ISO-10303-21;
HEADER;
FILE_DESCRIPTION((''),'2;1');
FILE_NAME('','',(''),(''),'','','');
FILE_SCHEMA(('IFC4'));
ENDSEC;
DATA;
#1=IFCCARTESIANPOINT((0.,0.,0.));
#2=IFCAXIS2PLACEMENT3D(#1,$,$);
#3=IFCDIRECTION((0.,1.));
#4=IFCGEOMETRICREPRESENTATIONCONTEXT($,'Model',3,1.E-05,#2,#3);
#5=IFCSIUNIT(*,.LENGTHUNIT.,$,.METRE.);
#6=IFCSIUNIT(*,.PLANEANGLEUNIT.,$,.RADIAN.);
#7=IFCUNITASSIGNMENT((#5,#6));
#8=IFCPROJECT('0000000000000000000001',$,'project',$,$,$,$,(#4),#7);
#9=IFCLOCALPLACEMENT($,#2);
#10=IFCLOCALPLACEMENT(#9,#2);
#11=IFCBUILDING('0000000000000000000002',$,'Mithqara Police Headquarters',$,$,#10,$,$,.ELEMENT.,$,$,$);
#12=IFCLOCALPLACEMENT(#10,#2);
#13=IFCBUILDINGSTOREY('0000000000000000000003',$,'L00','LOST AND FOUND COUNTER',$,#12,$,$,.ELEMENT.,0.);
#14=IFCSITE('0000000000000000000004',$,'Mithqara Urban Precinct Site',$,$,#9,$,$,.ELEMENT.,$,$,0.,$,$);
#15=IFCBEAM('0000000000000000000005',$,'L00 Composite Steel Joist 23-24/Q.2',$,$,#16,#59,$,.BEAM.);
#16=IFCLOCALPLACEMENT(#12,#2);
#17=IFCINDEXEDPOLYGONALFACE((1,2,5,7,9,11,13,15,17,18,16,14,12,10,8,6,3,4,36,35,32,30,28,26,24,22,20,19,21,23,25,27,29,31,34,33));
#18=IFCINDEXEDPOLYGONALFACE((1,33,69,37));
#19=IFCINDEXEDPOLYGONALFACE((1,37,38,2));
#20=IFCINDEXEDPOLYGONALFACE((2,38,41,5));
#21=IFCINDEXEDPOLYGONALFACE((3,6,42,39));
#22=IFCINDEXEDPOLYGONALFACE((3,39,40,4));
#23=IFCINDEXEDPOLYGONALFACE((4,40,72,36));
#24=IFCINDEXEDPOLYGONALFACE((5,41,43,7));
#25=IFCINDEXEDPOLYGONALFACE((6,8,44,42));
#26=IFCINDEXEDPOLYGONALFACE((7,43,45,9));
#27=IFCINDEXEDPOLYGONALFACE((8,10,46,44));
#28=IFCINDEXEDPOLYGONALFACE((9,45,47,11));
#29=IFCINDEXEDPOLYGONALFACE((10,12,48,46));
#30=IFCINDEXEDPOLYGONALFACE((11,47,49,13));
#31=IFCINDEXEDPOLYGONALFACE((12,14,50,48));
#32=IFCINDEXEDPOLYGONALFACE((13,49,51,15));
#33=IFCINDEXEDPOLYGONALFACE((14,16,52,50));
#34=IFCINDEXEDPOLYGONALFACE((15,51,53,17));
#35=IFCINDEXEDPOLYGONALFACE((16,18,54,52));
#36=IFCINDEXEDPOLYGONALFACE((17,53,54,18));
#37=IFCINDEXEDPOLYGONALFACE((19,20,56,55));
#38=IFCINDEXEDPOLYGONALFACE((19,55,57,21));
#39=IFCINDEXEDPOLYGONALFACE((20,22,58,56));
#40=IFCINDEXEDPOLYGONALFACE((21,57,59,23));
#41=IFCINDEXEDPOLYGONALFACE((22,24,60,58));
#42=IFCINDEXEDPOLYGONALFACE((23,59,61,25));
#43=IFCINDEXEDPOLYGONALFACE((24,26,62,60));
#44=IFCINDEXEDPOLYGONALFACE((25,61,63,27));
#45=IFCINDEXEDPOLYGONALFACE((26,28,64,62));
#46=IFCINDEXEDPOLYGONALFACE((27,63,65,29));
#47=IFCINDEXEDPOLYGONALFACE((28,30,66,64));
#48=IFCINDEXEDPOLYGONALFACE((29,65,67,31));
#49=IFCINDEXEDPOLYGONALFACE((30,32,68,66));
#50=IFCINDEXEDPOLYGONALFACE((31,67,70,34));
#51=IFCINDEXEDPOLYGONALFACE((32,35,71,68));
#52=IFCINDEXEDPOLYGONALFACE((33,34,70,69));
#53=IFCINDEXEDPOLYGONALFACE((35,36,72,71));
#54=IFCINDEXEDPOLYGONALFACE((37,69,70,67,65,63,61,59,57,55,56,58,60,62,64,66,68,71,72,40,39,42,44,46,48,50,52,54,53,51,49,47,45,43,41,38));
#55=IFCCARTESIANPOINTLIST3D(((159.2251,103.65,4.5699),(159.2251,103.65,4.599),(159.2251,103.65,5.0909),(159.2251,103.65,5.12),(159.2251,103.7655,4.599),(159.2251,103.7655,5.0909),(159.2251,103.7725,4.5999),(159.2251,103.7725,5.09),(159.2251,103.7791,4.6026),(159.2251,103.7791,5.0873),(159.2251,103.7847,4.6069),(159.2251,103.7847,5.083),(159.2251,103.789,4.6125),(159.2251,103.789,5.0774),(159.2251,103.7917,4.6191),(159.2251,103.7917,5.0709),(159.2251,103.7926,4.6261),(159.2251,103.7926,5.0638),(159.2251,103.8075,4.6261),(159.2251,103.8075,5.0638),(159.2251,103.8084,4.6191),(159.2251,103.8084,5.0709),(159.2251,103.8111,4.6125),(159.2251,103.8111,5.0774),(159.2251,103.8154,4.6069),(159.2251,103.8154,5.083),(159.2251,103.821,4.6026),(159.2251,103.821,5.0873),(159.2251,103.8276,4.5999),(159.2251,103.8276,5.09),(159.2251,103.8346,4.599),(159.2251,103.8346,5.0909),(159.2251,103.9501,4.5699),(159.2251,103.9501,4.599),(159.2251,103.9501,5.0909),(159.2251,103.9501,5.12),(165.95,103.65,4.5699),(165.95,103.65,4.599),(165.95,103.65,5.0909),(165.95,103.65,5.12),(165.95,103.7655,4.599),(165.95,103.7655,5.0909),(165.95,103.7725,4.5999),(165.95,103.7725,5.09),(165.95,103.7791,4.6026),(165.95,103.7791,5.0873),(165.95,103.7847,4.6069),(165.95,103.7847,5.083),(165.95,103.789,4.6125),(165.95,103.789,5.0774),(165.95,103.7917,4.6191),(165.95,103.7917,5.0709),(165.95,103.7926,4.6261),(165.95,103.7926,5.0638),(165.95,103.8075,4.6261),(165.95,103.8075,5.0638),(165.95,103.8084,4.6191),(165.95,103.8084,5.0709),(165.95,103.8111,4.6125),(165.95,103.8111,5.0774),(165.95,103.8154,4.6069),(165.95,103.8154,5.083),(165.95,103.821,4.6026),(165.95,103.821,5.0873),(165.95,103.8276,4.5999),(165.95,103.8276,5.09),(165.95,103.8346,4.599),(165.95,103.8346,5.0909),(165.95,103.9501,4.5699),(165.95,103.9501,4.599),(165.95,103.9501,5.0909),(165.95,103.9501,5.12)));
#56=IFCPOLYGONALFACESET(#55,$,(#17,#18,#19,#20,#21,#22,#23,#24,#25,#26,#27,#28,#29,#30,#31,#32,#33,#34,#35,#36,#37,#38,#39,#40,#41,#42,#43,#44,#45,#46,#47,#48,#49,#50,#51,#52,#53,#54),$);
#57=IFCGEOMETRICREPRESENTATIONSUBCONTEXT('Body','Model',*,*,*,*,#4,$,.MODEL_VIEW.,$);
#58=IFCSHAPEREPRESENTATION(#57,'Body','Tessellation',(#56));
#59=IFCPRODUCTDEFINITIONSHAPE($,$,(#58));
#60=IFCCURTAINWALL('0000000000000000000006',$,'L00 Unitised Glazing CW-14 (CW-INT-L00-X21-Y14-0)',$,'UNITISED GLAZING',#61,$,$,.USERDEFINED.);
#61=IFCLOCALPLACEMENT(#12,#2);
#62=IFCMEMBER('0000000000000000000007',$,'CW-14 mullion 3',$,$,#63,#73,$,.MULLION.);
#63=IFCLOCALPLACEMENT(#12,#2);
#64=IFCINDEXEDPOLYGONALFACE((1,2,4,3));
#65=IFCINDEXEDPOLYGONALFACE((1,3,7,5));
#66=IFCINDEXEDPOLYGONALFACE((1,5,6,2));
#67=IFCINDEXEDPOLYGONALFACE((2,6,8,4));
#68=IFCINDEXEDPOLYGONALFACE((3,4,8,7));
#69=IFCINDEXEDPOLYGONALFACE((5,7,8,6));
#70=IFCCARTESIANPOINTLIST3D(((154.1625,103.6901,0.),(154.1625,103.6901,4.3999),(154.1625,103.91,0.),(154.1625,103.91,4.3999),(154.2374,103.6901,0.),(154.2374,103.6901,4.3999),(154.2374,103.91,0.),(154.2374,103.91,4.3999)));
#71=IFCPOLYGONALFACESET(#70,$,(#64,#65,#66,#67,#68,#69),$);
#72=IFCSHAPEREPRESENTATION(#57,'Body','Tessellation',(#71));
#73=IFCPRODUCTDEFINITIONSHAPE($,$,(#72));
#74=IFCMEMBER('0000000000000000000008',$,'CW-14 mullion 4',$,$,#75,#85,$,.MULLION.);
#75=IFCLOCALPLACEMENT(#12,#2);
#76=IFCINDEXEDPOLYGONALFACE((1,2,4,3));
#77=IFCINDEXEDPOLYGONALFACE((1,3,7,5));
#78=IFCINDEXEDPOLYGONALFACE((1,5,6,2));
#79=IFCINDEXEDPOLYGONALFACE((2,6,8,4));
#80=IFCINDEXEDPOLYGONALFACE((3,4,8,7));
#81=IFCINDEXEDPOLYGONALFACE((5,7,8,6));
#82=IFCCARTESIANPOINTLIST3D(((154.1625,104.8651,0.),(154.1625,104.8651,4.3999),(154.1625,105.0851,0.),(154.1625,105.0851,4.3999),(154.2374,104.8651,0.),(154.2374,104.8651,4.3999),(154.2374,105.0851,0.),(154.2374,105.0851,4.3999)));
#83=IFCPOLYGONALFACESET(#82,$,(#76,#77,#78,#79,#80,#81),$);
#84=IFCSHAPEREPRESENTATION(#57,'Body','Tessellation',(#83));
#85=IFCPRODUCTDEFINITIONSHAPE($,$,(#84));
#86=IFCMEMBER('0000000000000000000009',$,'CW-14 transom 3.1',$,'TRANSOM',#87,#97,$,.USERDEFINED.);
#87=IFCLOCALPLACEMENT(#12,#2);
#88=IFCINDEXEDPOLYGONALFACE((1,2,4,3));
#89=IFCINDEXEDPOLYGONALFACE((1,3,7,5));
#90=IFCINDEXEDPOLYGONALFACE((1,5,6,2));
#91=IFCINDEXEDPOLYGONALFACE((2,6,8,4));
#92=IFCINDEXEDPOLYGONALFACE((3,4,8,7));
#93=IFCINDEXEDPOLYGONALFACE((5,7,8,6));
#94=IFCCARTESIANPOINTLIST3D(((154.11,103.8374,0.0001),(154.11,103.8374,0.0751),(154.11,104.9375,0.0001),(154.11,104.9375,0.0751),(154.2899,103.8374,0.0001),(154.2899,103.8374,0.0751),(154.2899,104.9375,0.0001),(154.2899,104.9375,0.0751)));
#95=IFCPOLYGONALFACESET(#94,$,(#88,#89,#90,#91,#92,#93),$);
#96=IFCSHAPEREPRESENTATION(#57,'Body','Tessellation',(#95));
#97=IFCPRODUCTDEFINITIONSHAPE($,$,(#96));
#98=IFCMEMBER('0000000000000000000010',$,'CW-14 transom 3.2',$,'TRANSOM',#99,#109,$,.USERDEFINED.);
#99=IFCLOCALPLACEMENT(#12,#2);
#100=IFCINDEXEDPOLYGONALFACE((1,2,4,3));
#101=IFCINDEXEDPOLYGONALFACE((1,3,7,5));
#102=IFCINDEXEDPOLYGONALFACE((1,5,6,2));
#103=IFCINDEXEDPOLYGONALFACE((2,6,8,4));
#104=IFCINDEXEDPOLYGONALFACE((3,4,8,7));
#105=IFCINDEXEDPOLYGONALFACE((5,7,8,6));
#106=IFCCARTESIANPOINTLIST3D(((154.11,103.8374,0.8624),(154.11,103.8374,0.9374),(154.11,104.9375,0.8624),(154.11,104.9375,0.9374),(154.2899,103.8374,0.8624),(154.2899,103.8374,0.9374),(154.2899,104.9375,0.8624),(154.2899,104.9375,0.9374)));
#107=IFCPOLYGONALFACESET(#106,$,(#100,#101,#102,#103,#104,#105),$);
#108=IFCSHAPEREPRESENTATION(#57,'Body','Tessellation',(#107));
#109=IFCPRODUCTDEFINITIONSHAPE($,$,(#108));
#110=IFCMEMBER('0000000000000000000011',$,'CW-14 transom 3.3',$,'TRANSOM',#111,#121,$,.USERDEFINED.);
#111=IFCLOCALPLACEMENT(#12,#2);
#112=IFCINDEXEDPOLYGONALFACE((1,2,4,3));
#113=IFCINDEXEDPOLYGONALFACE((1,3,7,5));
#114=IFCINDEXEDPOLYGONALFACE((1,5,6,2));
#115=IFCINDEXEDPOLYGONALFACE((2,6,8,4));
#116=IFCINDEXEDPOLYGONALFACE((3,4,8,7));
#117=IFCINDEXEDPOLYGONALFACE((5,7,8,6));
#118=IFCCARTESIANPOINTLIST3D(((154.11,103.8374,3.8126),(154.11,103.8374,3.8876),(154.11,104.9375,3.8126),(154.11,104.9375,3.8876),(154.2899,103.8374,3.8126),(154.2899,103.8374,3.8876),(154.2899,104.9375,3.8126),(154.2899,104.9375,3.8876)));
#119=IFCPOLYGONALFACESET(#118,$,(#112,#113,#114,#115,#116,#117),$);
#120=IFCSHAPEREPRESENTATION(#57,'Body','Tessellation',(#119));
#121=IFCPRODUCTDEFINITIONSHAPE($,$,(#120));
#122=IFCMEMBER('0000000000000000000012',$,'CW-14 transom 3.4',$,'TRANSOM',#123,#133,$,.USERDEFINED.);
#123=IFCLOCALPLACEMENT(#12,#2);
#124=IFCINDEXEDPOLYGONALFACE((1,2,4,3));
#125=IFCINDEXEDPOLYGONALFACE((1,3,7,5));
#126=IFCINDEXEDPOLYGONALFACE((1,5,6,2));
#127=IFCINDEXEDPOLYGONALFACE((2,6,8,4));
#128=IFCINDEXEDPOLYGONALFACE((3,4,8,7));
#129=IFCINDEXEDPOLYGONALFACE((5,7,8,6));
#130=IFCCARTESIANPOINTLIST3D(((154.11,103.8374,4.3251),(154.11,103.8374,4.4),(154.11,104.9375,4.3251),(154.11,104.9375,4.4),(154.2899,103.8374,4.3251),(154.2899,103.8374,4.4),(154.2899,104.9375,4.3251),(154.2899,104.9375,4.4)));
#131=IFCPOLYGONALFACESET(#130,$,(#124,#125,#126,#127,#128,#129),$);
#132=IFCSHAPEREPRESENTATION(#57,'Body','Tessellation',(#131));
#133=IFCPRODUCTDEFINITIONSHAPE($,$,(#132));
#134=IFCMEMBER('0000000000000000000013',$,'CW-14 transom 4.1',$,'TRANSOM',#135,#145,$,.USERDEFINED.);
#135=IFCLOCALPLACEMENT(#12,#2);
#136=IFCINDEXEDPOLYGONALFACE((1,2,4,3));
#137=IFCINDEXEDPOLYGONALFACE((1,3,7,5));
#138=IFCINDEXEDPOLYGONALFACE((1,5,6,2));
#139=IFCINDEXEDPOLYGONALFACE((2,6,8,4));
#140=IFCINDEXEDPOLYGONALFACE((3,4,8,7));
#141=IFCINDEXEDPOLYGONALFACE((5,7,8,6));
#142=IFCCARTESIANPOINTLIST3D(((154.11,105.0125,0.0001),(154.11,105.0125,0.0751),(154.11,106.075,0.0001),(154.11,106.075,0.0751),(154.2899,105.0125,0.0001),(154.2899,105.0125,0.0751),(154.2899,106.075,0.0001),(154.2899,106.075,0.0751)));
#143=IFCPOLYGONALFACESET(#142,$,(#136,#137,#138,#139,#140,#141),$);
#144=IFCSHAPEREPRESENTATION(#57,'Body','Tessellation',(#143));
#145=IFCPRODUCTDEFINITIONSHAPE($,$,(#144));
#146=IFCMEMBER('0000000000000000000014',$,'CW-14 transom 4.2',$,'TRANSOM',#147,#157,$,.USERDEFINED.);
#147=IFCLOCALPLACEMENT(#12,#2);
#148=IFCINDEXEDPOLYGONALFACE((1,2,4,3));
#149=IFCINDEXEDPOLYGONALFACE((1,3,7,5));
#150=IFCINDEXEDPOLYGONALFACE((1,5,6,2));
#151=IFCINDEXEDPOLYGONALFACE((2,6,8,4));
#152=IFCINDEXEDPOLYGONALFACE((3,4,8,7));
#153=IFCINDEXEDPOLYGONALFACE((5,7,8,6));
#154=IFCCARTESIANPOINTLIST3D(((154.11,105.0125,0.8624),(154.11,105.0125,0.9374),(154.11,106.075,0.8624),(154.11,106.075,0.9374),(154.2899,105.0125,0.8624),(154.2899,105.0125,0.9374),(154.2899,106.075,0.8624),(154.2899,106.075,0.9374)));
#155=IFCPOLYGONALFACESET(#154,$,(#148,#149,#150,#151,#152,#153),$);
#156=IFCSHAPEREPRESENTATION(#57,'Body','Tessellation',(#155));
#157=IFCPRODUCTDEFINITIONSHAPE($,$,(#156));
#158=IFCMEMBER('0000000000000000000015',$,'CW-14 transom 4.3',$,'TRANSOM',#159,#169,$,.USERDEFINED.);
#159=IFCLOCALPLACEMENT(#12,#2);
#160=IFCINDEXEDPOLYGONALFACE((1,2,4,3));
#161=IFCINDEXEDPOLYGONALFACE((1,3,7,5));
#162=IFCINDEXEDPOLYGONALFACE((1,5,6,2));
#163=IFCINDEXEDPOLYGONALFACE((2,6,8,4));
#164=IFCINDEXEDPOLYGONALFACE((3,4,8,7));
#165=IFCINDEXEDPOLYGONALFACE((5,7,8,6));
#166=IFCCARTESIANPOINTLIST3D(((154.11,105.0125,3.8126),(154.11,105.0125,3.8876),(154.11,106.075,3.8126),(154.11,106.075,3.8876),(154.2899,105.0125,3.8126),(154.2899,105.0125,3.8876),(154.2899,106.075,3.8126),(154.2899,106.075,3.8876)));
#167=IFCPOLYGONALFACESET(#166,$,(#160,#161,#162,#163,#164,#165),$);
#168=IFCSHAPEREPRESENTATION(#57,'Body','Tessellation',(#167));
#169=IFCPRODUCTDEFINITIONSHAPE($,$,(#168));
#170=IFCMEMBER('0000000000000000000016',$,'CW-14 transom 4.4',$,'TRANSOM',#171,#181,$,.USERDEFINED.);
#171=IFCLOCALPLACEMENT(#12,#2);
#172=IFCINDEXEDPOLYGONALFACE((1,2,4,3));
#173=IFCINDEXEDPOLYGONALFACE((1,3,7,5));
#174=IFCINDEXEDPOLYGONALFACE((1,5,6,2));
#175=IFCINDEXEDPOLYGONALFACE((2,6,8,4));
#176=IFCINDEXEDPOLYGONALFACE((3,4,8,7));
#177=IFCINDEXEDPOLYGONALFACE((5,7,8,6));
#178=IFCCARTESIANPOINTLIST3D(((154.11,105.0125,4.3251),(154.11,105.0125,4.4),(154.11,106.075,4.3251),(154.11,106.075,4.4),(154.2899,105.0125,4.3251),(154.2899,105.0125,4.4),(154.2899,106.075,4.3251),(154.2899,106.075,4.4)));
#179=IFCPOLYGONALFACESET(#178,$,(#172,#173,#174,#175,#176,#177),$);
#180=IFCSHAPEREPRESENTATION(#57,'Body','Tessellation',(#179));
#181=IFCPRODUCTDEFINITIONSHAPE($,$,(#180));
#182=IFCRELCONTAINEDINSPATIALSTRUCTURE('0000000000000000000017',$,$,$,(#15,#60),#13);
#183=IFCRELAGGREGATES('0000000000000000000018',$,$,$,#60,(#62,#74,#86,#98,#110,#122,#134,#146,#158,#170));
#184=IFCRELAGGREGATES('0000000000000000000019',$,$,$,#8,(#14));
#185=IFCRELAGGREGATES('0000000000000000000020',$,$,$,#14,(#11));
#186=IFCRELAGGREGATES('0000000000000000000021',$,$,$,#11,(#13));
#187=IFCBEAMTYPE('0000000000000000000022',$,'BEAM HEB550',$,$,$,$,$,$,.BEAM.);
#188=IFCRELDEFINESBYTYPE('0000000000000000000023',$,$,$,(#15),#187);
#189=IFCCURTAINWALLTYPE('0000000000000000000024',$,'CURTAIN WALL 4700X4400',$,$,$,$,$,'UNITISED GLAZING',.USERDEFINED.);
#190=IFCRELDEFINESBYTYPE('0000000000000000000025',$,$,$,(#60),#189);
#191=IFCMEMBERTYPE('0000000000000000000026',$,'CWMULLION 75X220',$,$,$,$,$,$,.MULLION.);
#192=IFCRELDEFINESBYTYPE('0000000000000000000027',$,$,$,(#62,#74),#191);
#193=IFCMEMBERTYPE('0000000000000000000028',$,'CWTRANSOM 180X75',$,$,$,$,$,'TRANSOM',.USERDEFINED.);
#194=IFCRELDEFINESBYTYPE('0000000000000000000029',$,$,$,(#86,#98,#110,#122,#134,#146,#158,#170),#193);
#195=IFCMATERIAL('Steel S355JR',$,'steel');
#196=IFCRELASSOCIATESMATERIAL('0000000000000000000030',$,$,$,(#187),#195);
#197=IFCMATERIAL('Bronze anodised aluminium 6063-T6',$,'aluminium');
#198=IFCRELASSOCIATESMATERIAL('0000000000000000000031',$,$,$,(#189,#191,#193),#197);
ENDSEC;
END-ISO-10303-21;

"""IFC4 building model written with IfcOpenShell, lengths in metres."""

from ifc_helpers import new_model, si_unit, direction, frame, origin, origin_2d, place, context, subcontext, project, spatial, rectangle, i_section, extrude, material, material_profile, profile_set, type_object, element, aggregate, save


model = new_model("IFC4")

# Units and contexts
model_context = context("Model", 3, precision=1e-05, world=origin(), true_north=direction((0.0, 1.0)))
body_context = subcontext(model_context, "Body", "Model", "MODEL_VIEW")
ifc_project = project(units=[si_unit("LENGTHUNIT", "METRE"), si_unit("PLANEANGLEUNIT", "RADIAN")], contexts=[model_context])

# Site, building, storey
site_placement = place(None, origin())
site = spatial("IfcSite", under=ifc_project, at=site_placement, Name="Mithqara Urban Precinct Site", CompositionType="ELEMENT", RefElevation=0.0)
building_placement = place(site_placement, origin())
building = spatial("IfcBuilding", under=site, at=building_placement, Name="Mithqara Police Headquarters", CompositionType="ELEMENT")
storey_placement = place(building_placement, origin())
storey = spatial("IfcBuildingStorey", under=building, at=storey_placement, Name="L00", Description="LOST AND FOUND COUNTER", CompositionType="ELEMENT", Elevation=0.0)

# Beam
ifc_material_1 = material(Name="Steel S355JR", Category="steel")
ifc_material_profile_1 = material_profile(ifc_material_1, i_section(OverallWidth=0.3, OverallDepth=0.55, WebThickness=0.0149, FlangeThickness=0.0291, FilletRadius=0.0271, at=origin_2d()), Name="HEB 550")
ifc_profile_set_1 = profile_set([ifc_material_profile_1], Name="Steel S355JR")
beam_type = type_object("IfcBeamType", Name="BEAM HEB550", PredefinedType="BEAM", material=ifc_profile_set_1)
beam_placement = place(storey_placement, frame((159.2251, 103.8, 4.845), z_axis=(1.0, 0.0, 0.0), x_axis=(0.0, 1.0, 0.0)))
element("IfcBeam", 1, at=beam_placement, inside=storey, type_object=beam_type, Name="L00 Composite Steel Joist 23-24/Q.2", PredefinedType="BEAM", context=body_context, shape_type="SweptSolid", body=[
    extrude(i_section(OverallWidth=0.3, OverallDepth=0.55, WebThickness=0.0149, FlangeThickness=0.0291, FilletRadius=0.0271, at=origin_2d()), origin(), (0.0, 0.0, 1.0), 6.7249),
])

# Curtain wall, members
ifc_material_2 = material(Name="Bronze anodised aluminium 6063-T6", Category="aluminium")
curtain_wall_type = type_object("IfcCurtainWallType", Name="CURTAIN WALL 4700X4400", ElementType="UNITISED GLAZING", PredefinedType="USERDEFINED", material=ifc_material_2)
curtain_wall_placement = place(storey_placement, origin())
curtain_wall = element("IfcCurtainWall", 2, at=curtain_wall_placement, inside=storey, type_object=curtain_wall_type, Name="L00 Unitised Glazing CW-14 (CW-INT-L00-X21-Y14-0)", ObjectType="UNITISED GLAZING", PredefinedType="USERDEFINED")
ifc_material_profile_2 = material_profile(ifc_material_2, rectangle(XDim=0.075, YDim=0.22, at=origin_2d()), Name="CWM 75x220")
ifc_profile_set_2 = profile_set([ifc_material_profile_2], Name="Bronze anodised aluminium 6063-T6")
member_type_1 = type_object("IfcMemberType", Name="CWMULLION 75X220", PredefinedType="MULLION", material=ifc_profile_set_2)
member_1_placement = place(storey_placement, frame((154.2, 103.8, 0.0), z_axis=(0.0, 0.0, 1.0), x_axis=(-1.0, 0.0, 0.0)))
member_1 = element("IfcMember", 3, at=member_1_placement, type_object=member_type_1, Name="CW-14 mullion 3", PredefinedType="MULLION", context=body_context, shape_type="SweptSolid", body=[
    extrude(rectangle(XDim=0.075, YDim=0.22, at=origin_2d()), origin(), (0.0, 0.0, 1.0), 4.3999),
])
member_2_placement = place(storey_placement, frame((154.2, 104.9751, 0.0), z_axis=(0.0, 0.0, 1.0), x_axis=(-1.0, 0.0, 0.0)))
member_2 = element("IfcMember", 4, at=member_2_placement, type_object=member_type_1, Name="CW-14 mullion 4", PredefinedType="MULLION", context=body_context, shape_type="SweptSolid", body=[
    extrude(rectangle(XDim=0.075, YDim=0.22, at=origin_2d()), origin(), (0.0, 0.0, 1.0), 4.3999),
])
ifc_material_profile_3 = material_profile(ifc_material_2, rectangle(XDim=0.1799, YDim=0.075, at=origin_2d()), Name="CWT 180x75")
ifc_profile_set_3 = profile_set([ifc_material_profile_3], Name="Bronze anodised aluminium 6063-T6")
member_type_2 = type_object("IfcMemberType", Name="CWTRANSOM 180X75", ElementType="TRANSOM", PredefinedType="USERDEFINED", material=ifc_profile_set_3)
member_3_placement = place(storey_placement, frame((154.2, 103.8374, 0.0376), z_axis=(0.0, 1.0, 0.0), x_axis=(-1.0, 0.0, 0.0)))
member_3 = element("IfcMember", 5, at=member_3_placement, type_object=member_type_2, Name="CW-14 transom 3.1", ObjectType="TRANSOM", PredefinedType="USERDEFINED", context=body_context, shape_type="SweptSolid", body=[
    extrude(rectangle(XDim=0.1799, YDim=0.075, at=origin_2d()), origin(), (0.0, 0.0, 1.0), 1.1001),
])
member_4_placement = place(storey_placement, frame((154.2, 103.8374, 0.8999), z_axis=(0.0, 1.0, 0.0), x_axis=(-1.0, 0.0, 0.0)))
member_4 = element("IfcMember", 6, at=member_4_placement, type_object=member_type_2, Name="CW-14 transom 3.2", ObjectType="TRANSOM", PredefinedType="USERDEFINED", context=body_context, shape_type="SweptSolid", body=[
    extrude(rectangle(XDim=0.1799, YDim=0.075, at=origin_2d()), origin(), (0.0, 0.0, 1.0), 1.1001),
])
member_5_placement = place(storey_placement, frame((154.2, 103.8374, 3.8501), z_axis=(0.0, 1.0, 0.0), x_axis=(-1.0, 0.0, 0.0)))
member_5 = element("IfcMember", 7, at=member_5_placement, type_object=member_type_2, Name="CW-14 transom 3.3", ObjectType="TRANSOM", PredefinedType="USERDEFINED", context=body_context, shape_type="SweptSolid", body=[
    extrude(rectangle(XDim=0.1799, YDim=0.075, at=origin_2d()), origin(), (0.0, 0.0, 1.0), 1.1001),
])
member_6_placement = place(storey_placement, frame((154.2, 103.8374, 4.3625), z_axis=(0.0, 1.0, 0.0), x_axis=(-1.0, 0.0, 0.0)))
member_6 = element("IfcMember", 8, at=member_6_placement, type_object=member_type_2, Name="CW-14 transom 3.4", ObjectType="TRANSOM", PredefinedType="USERDEFINED", context=body_context, shape_type="SweptSolid", body=[
    extrude(rectangle(XDim=0.1799, YDim=0.075, at=origin_2d()), origin(), (0.0, 0.0, 1.0), 1.1001),
])
member_7_placement = place(storey_placement, frame((154.2, 105.0125, 0.0376), z_axis=(0.0, 1.0, 0.0), x_axis=(-1.0, 0.0, 0.0)))
member_7 = element("IfcMember", 9, at=member_7_placement, type_object=member_type_2, Name="CW-14 transom 4.1", ObjectType="TRANSOM", PredefinedType="USERDEFINED", context=body_context, shape_type="SweptSolid", body=[
    extrude(rectangle(XDim=0.1799, YDim=0.075, at=origin_2d()), origin(), (0.0, 0.0, 1.0), 1.0625),
])
member_8_placement = place(storey_placement, frame((154.2, 105.0125, 0.8999), z_axis=(0.0, 1.0, 0.0), x_axis=(-1.0, 0.0, 0.0)))
member_8 = element("IfcMember", 10, at=member_8_placement, type_object=member_type_2, Name="CW-14 transom 4.2", ObjectType="TRANSOM", PredefinedType="USERDEFINED", context=body_context, shape_type="SweptSolid", body=[
    extrude(rectangle(XDim=0.1799, YDim=0.075, at=origin_2d()), origin(), (0.0, 0.0, 1.0), 1.0625),
])
member_9_placement = place(storey_placement, frame((154.2, 105.0125, 3.8501), z_axis=(0.0, 1.0, 0.0), x_axis=(-1.0, 0.0, 0.0)))
member_9 = element("IfcMember", 11, at=member_9_placement, type_object=member_type_2, Name="CW-14 transom 4.3", ObjectType="TRANSOM", PredefinedType="USERDEFINED", context=body_context, shape_type="SweptSolid", body=[
    extrude(rectangle(XDim=0.1799, YDim=0.075, at=origin_2d()), origin(), (0.0, 0.0, 1.0), 1.0625),
])
member_10_placement = place(storey_placement, frame((154.2, 105.0125, 4.3625), z_axis=(0.0, 1.0, 0.0), x_axis=(-1.0, 0.0, 0.0)))
member_10 = element("IfcMember", 12, at=member_10_placement, type_object=member_type_2, Name="CW-14 transom 4.4", ObjectType="TRANSOM", PredefinedType="USERDEFINED", context=body_context, shape_type="SweptSolid", body=[
    extrude(rectangle(XDim=0.1799, YDim=0.075, at=origin_2d()), origin(), (0.0, 0.0, 1.0), 1.0625),
])
aggregate(curtain_wall, [member_1, member_2, member_3, member_4, member_5, member_6, member_7, member_8, member_9, member_10])

save(model, "model.ifc")
